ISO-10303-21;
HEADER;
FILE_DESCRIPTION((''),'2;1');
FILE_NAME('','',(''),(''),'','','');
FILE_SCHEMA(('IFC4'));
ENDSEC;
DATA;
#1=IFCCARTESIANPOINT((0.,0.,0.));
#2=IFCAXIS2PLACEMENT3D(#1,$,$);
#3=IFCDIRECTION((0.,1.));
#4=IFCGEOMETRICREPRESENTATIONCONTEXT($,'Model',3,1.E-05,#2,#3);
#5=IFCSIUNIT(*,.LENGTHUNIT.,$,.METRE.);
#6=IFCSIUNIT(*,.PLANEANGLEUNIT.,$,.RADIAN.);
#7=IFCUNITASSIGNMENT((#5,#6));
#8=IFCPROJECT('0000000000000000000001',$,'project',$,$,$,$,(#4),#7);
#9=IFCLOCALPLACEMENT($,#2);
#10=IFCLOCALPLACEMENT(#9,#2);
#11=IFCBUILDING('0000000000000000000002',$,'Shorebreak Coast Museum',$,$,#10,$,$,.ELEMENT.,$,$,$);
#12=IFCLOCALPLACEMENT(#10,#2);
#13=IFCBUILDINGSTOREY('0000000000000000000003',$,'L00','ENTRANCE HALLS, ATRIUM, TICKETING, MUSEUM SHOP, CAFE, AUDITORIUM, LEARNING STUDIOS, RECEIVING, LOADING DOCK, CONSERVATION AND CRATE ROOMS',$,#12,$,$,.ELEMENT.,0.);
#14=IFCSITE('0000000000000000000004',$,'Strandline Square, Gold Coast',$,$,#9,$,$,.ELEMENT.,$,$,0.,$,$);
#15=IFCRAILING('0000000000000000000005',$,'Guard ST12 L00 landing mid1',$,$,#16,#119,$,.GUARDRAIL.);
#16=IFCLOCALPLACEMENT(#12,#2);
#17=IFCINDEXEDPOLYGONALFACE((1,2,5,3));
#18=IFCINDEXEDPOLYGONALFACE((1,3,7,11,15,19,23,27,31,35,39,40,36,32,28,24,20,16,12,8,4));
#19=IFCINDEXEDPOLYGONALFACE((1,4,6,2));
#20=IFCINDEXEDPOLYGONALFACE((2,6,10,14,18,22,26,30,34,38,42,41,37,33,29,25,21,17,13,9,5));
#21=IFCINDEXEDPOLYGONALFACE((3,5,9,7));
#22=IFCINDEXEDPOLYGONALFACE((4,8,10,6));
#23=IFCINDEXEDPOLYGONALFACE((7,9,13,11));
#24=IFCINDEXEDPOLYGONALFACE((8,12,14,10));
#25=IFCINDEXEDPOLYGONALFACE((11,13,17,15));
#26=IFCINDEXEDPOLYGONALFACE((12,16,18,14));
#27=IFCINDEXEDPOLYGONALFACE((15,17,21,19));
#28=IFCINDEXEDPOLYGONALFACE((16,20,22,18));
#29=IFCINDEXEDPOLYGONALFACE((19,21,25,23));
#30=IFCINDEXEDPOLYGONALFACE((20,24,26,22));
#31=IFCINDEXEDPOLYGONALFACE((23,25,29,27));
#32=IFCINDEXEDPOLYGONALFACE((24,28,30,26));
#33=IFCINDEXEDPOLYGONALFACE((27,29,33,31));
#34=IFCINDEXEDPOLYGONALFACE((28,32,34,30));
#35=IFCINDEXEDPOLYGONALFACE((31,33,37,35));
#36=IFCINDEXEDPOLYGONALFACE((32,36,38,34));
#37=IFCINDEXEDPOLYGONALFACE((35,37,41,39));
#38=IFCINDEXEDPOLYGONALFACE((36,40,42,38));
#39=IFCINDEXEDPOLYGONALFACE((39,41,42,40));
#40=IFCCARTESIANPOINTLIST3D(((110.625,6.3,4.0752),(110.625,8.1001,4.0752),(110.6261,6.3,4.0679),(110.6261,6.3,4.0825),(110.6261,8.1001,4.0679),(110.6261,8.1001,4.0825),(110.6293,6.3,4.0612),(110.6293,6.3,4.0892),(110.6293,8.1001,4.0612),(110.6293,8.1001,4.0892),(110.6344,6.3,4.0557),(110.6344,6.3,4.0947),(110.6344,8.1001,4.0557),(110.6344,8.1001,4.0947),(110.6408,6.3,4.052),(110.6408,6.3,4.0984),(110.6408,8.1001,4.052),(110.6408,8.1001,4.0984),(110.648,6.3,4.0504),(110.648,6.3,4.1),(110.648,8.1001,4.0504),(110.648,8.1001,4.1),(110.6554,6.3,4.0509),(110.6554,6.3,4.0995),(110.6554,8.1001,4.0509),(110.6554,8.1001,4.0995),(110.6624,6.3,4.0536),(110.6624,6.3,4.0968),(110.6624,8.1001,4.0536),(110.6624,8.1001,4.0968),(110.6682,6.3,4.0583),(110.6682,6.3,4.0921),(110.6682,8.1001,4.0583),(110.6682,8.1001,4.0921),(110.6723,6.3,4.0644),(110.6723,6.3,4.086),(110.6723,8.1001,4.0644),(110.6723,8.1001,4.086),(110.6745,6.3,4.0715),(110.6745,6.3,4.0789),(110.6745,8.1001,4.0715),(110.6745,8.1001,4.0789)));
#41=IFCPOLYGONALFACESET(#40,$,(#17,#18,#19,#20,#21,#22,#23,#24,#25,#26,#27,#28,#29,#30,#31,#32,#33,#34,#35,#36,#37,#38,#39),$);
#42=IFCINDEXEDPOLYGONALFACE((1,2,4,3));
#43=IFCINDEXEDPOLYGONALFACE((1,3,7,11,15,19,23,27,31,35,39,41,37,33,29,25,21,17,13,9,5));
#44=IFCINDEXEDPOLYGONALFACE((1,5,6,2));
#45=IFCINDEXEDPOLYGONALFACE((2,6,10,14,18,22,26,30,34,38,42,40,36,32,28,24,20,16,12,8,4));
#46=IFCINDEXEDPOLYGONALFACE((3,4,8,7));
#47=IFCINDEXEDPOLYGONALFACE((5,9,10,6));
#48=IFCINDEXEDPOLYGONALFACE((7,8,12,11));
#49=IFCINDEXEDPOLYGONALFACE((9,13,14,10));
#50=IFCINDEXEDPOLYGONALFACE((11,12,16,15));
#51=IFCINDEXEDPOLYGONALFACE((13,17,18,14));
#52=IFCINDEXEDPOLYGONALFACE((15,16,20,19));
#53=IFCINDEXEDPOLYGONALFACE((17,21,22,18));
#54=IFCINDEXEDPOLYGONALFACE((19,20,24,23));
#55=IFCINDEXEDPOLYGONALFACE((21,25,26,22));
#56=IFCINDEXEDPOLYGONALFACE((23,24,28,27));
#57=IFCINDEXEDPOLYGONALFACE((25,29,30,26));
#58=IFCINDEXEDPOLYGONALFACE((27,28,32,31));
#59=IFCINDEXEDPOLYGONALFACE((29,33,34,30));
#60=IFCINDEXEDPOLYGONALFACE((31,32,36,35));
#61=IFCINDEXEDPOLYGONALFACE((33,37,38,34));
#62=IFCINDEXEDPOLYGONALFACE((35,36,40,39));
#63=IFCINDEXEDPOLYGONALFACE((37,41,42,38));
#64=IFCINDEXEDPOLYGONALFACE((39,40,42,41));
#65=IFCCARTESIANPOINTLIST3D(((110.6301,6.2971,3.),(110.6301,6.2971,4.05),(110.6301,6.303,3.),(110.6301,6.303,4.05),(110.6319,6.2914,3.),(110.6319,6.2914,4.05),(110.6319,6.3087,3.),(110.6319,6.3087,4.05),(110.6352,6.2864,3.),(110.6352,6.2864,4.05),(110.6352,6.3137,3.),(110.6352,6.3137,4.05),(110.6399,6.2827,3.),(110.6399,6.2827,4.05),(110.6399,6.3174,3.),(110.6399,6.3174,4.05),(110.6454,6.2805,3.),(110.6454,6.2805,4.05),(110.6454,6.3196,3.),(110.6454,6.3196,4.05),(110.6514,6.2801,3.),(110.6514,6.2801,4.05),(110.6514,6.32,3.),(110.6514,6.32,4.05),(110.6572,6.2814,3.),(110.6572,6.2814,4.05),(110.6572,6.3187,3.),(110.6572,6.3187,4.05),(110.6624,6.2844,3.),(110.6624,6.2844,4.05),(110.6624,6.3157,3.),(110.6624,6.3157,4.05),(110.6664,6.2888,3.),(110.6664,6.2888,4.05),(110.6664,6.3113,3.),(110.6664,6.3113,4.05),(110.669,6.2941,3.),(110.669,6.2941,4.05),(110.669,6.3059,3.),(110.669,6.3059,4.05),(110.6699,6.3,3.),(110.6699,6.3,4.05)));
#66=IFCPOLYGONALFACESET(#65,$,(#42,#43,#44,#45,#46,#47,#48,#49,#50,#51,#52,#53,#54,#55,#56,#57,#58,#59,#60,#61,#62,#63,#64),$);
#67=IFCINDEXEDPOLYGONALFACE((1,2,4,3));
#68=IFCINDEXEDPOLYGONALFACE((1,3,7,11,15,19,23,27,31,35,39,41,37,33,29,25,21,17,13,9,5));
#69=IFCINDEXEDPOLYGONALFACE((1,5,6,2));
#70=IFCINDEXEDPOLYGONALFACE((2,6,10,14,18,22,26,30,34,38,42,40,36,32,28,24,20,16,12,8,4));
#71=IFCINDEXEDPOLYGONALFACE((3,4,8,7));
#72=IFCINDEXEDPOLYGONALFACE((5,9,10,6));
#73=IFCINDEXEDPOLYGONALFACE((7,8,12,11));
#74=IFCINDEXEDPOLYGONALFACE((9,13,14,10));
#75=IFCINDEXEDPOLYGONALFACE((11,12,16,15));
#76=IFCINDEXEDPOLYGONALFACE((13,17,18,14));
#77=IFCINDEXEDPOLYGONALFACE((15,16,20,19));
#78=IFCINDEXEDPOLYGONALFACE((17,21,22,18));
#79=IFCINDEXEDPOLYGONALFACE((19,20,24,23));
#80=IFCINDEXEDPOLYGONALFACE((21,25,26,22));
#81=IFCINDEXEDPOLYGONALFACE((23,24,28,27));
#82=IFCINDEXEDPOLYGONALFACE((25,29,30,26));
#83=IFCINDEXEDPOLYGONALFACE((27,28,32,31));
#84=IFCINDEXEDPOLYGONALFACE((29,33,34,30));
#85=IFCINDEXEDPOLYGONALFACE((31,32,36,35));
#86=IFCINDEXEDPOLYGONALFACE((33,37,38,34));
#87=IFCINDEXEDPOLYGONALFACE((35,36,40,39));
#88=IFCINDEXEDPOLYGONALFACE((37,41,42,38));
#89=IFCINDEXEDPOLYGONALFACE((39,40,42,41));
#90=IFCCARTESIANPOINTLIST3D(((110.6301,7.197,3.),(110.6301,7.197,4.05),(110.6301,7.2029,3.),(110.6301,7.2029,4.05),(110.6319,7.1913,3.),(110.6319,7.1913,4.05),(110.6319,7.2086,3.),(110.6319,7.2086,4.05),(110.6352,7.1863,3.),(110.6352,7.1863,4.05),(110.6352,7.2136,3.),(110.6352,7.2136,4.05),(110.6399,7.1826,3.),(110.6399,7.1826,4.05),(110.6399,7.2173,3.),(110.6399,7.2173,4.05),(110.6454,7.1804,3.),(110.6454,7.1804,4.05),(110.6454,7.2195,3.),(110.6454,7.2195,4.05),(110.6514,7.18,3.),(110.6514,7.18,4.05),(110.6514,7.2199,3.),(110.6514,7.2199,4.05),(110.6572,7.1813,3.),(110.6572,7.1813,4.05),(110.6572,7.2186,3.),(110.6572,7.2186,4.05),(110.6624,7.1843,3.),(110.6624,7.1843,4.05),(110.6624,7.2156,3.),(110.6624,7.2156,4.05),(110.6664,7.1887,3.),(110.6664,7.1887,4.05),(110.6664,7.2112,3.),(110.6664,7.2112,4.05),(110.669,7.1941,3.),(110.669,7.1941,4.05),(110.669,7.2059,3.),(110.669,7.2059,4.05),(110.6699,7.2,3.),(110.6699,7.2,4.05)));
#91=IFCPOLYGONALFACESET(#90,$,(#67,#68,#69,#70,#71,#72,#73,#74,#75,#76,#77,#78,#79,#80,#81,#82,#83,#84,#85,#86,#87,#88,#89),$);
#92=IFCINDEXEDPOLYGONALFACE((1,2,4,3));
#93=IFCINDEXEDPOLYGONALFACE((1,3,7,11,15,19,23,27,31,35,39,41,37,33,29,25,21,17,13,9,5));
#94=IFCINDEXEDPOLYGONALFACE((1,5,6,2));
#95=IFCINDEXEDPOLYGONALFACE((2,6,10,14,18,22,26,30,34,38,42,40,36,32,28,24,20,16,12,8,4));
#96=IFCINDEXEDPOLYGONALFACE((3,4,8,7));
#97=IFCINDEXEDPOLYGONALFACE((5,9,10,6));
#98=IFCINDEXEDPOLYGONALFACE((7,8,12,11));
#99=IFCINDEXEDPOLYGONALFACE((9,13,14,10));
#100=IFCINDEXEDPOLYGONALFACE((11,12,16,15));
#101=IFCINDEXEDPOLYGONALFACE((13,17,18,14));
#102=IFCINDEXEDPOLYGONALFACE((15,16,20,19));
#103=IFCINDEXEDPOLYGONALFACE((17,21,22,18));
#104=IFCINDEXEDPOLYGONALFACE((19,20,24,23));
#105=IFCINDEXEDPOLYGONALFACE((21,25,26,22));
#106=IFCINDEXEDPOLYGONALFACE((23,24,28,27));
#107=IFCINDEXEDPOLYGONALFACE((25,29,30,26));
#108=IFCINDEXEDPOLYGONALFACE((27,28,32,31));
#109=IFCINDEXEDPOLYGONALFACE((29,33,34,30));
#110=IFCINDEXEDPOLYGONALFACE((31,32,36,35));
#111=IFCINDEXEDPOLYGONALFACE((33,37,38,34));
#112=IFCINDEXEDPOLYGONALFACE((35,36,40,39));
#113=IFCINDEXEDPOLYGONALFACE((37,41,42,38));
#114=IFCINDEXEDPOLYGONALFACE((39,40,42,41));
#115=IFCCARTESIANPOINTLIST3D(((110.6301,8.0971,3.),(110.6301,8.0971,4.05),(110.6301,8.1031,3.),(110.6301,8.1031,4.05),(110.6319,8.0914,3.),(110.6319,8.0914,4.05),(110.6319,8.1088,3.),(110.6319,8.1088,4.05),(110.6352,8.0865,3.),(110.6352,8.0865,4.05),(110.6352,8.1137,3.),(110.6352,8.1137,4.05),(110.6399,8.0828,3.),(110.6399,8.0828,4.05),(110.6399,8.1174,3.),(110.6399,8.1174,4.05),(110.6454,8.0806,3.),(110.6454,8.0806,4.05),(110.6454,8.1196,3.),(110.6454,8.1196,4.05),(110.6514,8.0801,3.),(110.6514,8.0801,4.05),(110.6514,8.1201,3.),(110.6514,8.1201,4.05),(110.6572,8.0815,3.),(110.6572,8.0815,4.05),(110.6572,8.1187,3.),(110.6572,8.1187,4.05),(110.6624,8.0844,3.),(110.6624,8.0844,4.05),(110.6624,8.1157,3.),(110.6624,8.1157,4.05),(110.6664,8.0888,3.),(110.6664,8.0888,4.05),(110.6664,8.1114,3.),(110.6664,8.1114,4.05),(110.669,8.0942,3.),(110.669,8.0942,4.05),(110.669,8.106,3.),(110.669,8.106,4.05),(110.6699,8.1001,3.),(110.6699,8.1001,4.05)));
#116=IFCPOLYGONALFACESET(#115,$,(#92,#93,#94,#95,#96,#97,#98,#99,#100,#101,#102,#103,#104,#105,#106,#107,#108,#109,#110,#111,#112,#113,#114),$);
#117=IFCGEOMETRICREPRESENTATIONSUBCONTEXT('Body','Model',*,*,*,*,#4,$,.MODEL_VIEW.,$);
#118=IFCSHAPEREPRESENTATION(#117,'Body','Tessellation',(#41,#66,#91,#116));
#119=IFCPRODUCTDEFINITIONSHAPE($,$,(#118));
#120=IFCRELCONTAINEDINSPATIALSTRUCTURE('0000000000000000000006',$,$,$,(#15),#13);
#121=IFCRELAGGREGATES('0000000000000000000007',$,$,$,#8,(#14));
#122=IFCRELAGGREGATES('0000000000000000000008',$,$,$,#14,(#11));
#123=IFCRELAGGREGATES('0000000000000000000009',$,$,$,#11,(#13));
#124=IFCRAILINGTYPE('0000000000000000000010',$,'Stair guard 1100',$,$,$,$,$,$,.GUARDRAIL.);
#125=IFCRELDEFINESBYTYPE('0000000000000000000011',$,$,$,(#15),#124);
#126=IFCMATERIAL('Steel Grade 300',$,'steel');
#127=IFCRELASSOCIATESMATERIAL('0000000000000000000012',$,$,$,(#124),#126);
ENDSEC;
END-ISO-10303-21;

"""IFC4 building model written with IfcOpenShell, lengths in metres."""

from ifc_helpers import new_model, si_unit, direction, frame, origin, origin_2d, place, context, subcontext, project, spatial, circle, extrude, material, type_object, element, save


model = new_model("IFC4")

# Units and contexts
model_context = context("Model", 3, precision=1e-05, world=origin(), true_north=direction((0.0, 1.0)))
body_context = subcontext(model_context, "Body", "Model", "MODEL_VIEW")
ifc_project = project(units=[si_unit("LENGTHUNIT", "METRE"), si_unit("PLANEANGLEUNIT", "RADIAN")], contexts=[model_context])

# Site, building, storey
site_placement = place(None, origin())
site = spatial("IfcSite", under=ifc_project, at=site_placement, Name="Strandline Square, Gold Coast", CompositionType="ELEMENT", RefElevation=0.0)
building_placement = place(site_placement, origin())
building = spatial("IfcBuilding", under=site, at=building_placement, Name="Shorebreak Coast Museum", CompositionType="ELEMENT")
storey_placement = place(building_placement, origin())
storey = spatial("IfcBuildingStorey", under=building, at=storey_placement, Name="L00", Description="ENTRANCE HALLS, ATRIUM, TICKETING, MUSEUM SHOP, CAFE, AUDITORIUM, LEARNING STUDIOS, RECEIVING, LOADING DOCK, CONSERVATION AND CRATE ROOMS", CompositionType="ELEMENT", Elevation=0.0)

# Railing
ifc_material_1 = material(Name="Steel Grade 300", Category="steel")
railing_type_1 = type_object("IfcRailingType", Name="Stair guard 1100", PredefinedType="GUARDRAIL", material=ifc_material_1)
railing_1_placement = place(storey_placement, frame((110.6499, 6.3, 3.0)))
element("IfcRailing", 1, at=railing_1_placement, inside=storey, type_object=railing_type_1, Name="Guard ST12 L00 landing mid1", PredefinedType="GUARDRAIL", context=body_context, shape_type="SweptSolid", body=[
    extrude(circle(Radius=0.0249, at=origin_2d()), frame((0.0, 0.0, 1.0752), z_axis=(0.0, 1.0, 0.0), x_axis=(-1.0, 0.0, 0.0)), (0.0, 0.0, 1.0), 1.8),
    extrude(circle(Radius=0.02, at=origin_2d()), origin(), (0.0, 0.0, 1.0), 1.05),
    extrude(circle(Radius=0.02, at=origin_2d()), frame((0.0, 0.8999, 0.0)), (0.0, 0.0, 1.0), 1.05),
    extrude(circle(Radius=0.02, at=origin_2d()), frame((0.0, 1.8, 0.0)), (0.0, 0.0, 1.0), 1.05),
])

save(model, "model.ifc")
